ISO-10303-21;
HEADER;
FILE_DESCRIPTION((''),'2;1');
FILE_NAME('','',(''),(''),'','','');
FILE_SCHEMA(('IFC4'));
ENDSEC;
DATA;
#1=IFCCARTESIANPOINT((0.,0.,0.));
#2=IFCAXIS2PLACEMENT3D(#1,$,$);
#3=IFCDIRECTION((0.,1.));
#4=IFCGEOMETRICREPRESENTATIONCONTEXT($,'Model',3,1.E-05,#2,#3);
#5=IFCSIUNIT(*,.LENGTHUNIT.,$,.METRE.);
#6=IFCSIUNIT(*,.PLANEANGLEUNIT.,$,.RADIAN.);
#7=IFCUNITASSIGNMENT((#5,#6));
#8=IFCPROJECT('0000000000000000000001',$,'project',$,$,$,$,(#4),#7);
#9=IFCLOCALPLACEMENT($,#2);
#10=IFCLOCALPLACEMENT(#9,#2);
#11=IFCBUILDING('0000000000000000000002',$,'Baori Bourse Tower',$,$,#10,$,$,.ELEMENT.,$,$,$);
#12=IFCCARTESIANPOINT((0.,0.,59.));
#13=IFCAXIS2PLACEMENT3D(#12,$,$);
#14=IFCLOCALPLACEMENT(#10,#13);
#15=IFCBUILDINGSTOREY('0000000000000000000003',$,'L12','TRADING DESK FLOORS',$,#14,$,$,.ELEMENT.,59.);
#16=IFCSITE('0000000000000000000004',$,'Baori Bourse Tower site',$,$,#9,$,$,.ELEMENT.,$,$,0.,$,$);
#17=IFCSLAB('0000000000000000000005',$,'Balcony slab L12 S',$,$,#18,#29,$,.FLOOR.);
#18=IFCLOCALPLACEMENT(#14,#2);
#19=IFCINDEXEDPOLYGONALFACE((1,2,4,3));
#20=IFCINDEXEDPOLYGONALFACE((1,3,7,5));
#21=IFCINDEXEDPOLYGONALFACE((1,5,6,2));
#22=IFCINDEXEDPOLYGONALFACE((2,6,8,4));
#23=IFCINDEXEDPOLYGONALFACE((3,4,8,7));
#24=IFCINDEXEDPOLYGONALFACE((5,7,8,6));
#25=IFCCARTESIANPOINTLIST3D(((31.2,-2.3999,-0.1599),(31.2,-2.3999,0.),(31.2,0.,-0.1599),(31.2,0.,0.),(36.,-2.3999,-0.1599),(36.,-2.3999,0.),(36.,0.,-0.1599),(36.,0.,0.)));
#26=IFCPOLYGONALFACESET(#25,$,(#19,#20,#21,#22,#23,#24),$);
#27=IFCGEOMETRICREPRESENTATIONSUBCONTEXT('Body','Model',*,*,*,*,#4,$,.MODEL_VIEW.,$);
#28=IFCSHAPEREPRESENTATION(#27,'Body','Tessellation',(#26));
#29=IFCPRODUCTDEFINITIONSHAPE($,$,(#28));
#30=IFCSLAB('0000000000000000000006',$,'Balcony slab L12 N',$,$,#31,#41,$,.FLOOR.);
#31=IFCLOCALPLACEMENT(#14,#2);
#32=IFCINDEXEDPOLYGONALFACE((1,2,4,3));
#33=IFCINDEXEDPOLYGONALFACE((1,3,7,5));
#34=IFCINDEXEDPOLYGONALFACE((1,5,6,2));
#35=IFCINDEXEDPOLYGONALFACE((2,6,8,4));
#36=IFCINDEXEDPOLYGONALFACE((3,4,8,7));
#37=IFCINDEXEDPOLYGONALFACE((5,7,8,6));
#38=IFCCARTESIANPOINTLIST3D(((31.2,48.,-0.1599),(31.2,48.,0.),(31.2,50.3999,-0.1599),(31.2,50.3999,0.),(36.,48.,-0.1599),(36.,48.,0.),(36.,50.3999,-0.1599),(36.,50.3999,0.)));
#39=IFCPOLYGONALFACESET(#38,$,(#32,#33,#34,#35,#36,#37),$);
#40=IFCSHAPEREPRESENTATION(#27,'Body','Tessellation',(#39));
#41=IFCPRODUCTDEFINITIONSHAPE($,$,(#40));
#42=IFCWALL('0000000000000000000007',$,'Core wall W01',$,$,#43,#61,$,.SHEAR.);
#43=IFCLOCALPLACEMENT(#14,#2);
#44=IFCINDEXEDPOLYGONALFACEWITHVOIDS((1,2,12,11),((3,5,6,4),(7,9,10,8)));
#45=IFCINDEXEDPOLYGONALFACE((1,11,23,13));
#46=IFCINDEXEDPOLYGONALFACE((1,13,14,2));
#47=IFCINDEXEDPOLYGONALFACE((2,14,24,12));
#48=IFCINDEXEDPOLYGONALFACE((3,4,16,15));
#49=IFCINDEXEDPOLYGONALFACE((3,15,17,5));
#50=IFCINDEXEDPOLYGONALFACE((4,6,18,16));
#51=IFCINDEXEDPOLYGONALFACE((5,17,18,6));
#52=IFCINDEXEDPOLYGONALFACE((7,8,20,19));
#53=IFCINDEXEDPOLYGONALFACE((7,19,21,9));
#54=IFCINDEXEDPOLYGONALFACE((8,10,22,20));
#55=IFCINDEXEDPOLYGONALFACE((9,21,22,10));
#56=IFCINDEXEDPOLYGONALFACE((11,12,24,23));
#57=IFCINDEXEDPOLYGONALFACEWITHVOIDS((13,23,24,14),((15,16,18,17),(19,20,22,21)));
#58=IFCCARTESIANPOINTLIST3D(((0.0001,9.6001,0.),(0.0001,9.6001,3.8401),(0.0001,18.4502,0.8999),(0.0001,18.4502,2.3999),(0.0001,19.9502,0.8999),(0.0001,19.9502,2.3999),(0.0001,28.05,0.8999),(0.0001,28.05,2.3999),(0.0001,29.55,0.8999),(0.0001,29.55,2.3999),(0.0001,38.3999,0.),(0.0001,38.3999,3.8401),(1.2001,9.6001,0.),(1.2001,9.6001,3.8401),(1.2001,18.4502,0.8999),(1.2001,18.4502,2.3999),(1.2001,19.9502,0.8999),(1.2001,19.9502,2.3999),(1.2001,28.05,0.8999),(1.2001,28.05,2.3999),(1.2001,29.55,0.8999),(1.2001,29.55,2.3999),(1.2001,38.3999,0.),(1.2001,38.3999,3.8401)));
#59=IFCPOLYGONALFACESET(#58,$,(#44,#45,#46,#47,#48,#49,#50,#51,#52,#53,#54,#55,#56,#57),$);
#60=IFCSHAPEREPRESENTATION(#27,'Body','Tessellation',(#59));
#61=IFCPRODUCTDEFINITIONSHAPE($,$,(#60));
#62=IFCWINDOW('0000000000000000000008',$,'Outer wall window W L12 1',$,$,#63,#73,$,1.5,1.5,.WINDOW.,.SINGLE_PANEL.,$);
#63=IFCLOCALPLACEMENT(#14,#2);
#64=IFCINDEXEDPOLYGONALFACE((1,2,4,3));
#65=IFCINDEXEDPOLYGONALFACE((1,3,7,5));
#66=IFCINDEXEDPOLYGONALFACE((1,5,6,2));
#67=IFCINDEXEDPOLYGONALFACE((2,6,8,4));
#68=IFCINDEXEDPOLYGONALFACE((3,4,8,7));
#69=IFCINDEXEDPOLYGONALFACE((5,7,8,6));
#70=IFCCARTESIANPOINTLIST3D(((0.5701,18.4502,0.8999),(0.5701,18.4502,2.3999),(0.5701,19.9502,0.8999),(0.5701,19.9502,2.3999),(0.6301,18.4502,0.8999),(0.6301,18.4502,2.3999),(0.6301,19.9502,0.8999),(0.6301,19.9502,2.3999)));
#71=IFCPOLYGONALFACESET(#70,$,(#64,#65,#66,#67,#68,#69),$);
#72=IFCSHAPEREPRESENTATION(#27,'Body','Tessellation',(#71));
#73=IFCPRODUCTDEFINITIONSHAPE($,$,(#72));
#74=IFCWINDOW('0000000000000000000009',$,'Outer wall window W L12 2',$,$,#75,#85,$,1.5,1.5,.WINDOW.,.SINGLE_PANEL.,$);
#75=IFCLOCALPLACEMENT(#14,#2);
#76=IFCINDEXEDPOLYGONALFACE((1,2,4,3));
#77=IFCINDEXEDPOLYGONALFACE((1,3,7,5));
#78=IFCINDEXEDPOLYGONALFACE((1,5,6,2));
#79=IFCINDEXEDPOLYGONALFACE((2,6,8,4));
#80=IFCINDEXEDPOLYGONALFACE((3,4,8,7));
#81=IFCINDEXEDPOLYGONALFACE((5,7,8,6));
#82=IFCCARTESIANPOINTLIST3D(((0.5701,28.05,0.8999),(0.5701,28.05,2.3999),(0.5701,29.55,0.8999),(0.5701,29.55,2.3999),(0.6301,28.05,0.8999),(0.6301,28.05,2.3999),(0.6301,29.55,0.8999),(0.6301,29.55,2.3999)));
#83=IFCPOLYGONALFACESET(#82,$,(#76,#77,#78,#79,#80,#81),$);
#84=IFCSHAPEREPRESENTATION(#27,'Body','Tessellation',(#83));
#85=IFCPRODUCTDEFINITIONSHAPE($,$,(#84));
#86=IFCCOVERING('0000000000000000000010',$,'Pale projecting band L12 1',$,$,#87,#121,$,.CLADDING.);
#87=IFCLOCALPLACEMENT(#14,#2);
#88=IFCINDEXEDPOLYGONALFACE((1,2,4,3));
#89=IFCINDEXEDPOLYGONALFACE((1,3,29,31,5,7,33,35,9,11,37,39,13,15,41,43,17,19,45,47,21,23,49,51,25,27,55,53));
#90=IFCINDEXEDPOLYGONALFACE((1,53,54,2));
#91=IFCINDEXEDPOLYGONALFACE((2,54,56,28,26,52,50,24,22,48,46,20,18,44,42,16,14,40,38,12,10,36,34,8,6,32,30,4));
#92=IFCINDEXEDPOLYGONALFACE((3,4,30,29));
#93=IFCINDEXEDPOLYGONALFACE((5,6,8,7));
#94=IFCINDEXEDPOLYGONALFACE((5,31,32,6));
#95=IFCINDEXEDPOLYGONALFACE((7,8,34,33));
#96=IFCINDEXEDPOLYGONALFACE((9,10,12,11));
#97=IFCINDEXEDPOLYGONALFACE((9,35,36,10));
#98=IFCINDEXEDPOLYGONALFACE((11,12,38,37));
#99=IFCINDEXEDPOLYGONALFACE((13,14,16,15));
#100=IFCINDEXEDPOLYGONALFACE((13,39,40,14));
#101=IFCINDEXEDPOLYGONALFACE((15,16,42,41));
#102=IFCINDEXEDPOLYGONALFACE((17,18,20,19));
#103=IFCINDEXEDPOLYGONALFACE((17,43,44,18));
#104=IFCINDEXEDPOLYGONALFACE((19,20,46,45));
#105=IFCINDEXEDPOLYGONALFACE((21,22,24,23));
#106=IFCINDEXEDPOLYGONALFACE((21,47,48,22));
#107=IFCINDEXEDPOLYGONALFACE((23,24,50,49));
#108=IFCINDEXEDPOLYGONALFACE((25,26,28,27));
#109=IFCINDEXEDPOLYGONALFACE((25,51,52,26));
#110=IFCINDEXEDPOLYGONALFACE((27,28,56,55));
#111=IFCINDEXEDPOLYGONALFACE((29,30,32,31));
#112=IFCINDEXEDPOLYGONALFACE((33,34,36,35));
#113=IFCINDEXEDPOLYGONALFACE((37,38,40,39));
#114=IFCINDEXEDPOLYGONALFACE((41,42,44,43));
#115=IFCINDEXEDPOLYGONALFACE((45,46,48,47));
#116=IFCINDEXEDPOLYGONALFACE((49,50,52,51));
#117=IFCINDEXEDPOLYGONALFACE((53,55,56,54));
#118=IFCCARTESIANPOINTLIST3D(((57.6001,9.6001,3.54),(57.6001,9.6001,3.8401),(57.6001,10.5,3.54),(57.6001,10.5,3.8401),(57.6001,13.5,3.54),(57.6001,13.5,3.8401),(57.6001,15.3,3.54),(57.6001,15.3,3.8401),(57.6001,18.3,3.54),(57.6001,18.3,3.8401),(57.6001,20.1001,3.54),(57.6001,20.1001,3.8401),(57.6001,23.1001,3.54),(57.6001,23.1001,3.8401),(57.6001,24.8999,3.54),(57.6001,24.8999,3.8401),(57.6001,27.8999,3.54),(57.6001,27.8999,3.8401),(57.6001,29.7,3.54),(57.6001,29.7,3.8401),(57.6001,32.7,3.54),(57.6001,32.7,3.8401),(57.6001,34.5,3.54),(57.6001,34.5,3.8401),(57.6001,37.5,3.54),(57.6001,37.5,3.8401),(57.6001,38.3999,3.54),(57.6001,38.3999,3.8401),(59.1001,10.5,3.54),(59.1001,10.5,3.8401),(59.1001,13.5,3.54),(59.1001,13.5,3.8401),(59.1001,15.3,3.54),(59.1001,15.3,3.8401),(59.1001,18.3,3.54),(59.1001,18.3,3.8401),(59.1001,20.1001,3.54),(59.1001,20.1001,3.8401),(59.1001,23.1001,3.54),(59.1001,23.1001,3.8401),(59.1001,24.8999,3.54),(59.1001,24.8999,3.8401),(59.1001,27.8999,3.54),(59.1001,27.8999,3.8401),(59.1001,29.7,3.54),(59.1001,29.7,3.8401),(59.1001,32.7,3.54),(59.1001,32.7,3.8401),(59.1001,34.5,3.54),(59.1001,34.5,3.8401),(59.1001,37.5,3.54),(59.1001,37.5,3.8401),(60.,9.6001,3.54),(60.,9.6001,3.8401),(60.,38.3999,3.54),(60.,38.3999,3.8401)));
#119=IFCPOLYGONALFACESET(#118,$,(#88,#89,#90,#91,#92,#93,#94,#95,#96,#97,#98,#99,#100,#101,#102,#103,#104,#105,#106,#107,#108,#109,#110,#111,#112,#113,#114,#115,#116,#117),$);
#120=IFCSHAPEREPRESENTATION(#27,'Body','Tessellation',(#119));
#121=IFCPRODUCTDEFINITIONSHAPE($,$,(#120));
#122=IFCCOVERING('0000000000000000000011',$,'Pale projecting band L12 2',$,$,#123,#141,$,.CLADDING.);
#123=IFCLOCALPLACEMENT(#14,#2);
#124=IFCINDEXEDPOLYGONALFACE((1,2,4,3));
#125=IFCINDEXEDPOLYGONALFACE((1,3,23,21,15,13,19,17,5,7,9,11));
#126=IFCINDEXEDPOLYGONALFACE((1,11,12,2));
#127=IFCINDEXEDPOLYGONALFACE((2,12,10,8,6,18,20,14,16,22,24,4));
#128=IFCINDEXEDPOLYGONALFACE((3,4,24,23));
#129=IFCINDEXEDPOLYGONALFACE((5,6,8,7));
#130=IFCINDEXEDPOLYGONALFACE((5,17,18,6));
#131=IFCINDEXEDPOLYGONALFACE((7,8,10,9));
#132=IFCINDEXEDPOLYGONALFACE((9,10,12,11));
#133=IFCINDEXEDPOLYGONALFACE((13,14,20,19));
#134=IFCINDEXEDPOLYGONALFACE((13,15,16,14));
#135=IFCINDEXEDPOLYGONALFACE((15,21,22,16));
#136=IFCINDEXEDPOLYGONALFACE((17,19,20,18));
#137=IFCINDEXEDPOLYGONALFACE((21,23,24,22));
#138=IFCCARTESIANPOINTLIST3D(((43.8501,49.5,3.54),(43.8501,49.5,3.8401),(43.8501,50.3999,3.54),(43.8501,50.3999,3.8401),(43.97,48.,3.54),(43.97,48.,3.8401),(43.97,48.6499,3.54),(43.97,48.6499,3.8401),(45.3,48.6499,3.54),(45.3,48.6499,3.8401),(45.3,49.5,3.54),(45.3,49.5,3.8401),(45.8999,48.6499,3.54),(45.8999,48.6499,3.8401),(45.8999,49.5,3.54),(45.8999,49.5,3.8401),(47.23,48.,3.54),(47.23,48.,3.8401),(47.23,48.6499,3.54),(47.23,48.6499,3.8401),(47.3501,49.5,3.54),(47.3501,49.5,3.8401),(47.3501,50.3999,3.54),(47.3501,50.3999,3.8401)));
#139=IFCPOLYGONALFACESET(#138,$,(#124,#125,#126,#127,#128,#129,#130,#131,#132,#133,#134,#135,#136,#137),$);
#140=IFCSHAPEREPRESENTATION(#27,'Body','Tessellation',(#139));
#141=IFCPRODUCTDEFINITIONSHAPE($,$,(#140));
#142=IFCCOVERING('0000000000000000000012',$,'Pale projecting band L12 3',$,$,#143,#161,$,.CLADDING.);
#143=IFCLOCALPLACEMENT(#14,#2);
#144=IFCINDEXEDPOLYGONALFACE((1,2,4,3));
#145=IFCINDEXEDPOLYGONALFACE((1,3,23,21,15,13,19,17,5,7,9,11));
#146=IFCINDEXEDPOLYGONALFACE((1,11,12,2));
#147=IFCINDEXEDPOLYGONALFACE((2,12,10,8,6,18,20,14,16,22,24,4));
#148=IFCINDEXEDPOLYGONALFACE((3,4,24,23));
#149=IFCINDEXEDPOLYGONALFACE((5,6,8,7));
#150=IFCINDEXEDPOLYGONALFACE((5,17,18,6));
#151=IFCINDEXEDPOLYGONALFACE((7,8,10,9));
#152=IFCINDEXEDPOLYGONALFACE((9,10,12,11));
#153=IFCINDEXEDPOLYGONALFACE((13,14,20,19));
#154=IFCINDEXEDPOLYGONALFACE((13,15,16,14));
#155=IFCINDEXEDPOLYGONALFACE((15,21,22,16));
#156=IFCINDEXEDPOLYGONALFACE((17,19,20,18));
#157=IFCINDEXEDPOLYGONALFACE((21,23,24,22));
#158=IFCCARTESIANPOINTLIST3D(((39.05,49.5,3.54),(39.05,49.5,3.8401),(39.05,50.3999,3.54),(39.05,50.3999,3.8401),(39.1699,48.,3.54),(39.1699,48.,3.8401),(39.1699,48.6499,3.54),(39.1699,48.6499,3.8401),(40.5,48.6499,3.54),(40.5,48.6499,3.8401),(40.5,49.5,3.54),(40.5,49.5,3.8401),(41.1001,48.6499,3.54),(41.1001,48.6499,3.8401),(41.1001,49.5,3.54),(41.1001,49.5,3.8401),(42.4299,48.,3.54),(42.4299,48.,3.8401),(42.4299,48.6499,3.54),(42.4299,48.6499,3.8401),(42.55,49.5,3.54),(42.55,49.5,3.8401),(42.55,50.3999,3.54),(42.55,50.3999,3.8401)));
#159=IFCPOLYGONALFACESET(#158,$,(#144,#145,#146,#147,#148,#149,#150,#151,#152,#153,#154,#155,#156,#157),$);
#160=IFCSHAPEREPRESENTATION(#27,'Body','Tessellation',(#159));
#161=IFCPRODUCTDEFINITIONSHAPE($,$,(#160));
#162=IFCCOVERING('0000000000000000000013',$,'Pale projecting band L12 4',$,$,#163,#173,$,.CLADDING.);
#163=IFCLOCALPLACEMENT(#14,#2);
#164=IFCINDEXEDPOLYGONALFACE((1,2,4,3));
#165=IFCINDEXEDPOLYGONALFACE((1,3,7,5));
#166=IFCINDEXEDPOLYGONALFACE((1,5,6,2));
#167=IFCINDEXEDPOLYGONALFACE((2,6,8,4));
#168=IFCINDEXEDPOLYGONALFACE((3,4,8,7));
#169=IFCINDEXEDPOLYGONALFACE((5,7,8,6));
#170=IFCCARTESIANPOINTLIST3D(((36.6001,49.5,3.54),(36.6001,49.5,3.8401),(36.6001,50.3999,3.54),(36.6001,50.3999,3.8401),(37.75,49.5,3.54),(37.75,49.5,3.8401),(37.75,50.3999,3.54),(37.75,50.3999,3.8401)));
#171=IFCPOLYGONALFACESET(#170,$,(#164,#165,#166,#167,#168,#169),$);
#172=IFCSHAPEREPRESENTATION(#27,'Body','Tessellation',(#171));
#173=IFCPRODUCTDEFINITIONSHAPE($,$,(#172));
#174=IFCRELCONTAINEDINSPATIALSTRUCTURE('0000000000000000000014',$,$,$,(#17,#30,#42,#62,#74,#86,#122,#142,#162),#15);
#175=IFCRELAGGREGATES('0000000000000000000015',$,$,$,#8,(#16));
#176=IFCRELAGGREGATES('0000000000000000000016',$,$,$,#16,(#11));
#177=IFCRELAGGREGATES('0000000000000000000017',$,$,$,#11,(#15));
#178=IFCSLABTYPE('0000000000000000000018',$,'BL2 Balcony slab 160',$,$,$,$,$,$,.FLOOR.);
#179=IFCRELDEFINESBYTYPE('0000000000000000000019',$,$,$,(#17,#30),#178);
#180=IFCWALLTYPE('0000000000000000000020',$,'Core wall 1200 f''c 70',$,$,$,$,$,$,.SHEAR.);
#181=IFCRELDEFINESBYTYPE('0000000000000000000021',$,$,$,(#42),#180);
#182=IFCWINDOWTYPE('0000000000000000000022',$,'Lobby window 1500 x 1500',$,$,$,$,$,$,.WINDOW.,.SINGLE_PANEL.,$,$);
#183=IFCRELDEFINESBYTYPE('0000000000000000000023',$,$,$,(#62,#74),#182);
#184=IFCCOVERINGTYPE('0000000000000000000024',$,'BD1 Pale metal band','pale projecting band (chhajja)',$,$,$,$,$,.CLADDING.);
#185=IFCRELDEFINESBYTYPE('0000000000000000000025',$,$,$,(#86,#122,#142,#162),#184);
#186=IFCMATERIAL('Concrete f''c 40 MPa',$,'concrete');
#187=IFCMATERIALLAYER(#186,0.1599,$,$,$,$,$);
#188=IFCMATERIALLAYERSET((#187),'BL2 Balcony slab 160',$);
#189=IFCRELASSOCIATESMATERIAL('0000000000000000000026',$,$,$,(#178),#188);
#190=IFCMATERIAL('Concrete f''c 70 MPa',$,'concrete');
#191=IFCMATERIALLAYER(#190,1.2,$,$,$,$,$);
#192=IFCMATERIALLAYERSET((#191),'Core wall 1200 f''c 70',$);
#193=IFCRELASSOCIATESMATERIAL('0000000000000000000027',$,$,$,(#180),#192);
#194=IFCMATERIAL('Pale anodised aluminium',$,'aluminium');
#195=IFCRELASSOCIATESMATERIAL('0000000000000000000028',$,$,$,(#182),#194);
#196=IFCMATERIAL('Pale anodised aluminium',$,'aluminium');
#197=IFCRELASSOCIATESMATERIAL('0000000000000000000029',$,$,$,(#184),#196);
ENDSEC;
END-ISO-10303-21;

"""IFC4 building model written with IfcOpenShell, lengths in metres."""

from ifc_helpers import new_model, si_unit, direction, frame, frame_2d, origin, place, context, subcontext, project, spatial, polyline, rectangle, outline, extrude, material, layer, layer_set, type_object, element, fill, save


model = new_model("IFC4")

# Units and contexts
model_context = context("Model", 3, precision=1e-05, world=origin(), true_north=direction((0.0, 1.0)))
body_context = subcontext(model_context, "Body", "Model", "MODEL_VIEW")
ifc_project = project(units=[si_unit("LENGTHUNIT", "METRE"), si_unit("PLANEANGLEUNIT", "RADIAN")], contexts=[model_context])

# Site, building, storey
site_placement = place(None, origin())
site = spatial("IfcSite", under=ifc_project, at=site_placement, Name="Baori Bourse Tower site", CompositionType="ELEMENT", RefElevation=0.0)
building_placement = place(site_placement, origin())
building = spatial("IfcBuilding", under=site, at=building_placement, Name="Baori Bourse Tower", CompositionType="ELEMENT")
storey_placement = place(building_placement, frame((0.0, 0.0, 59.0)))
storey = spatial("IfcBuildingStorey", under=building, at=storey_placement, Name="L12", Description="TRADING DESK FLOORS", CompositionType="ELEMENT", Elevation=59.0)

# Slabs
ifc_material_1 = material(Name="Concrete f'c 40 MPa", Category="concrete")
ifc_layer_1 = layer(ifc_material_1, 0.1599)
ifc_layer_set_1 = layer_set([ifc_layer_1], Name="BL2 Balcony slab 160")
slab_type = type_object("IfcSlabType", Name="BL2 Balcony slab 160", PredefinedType="FLOOR", material=ifc_layer_set_1)
slab_1_placement = place(storey_placement, frame((0.0, 0.0, -0.1599)))
element("IfcSlab", 1, at=slab_1_placement, inside=storey, type_object=slab_type, Name="Balcony slab L12 S", PredefinedType="FLOOR", context=body_context, shape_type="SweptSolid", body=[
    extrude(outline(polyline([(31.2, 0.0), (31.2, -2.3999), (36.0, -2.3999), (36.0, 0.0), (31.2, 0.0)])), origin(), (0.0, 0.0, 1.0), 0.1599),
])
slab_2_placement = place(storey_placement, frame((0.0, 0.0, -0.1599)))
element("IfcSlab", 2, at=slab_2_placement, inside=storey, type_object=slab_type, Name="Balcony slab L12 N", PredefinedType="FLOOR", context=body_context, shape_type="SweptSolid", body=[
    extrude(outline(polyline([(31.2, 48.0), (36.0, 48.0), (36.0, 50.3999), (31.2, 50.3999), (31.2, 48.0)])), origin(), (0.0, 0.0, 1.0), 0.1599),
])

# Wall, openings, windows
ifc_material_2 = material(Name="Concrete f'c 70 MPa", Category="concrete")
ifc_layer_2 = layer(ifc_material_2, 1.2)
ifc_layer_set_2 = layer_set([ifc_layer_2], Name="Core wall 1200 f'c 70")
wall_type = type_object("IfcWallType", Name="Core wall 1200 f'c 70", PredefinedType="SHEAR", material=ifc_layer_set_2)
wall_placement = place(storey_placement, frame((0.6001, 9.6001, 0.0), z_axis=(0.0, 0.0, 1.0), x_axis=(0.0, 1.0, 0.0)))
wall = element("IfcWall", 3, at=wall_placement, inside=storey, type_object=wall_type, Name="Core wall W01", PredefinedType="SHEAR", context=body_context, shape_type="SweptSolid", body=[
    extrude(rectangle(XDim=28.7998, YDim=1.2, at=frame_2d((14.3999, 0.0))), origin(), (0.0, 0.0, 1.0), 3.8401),
])
opening_1_placement = place(wall_placement, frame((8.8501, 0.0, 0.8999)))
opening_1 = element("IfcOpeningElement", 4, at=opening_1_placement, cuts=wall, PredefinedType="OPENING", context=body_context, shape_type="SweptSolid", body=[
    extrude(rectangle(XDim=1.5, YDim=1.5, at=frame_2d((0.75, 0.75))), frame((0.0, 0.6099, 0.0), z_axis=(0.0, -1.0, 0.0), x_axis=(1.0, 0.0, 0.0)), (0.0, 0.0, 1.0), 1.22),
])
opening_2_placement = place(wall_placement, frame((18.45, 0.0, 0.8999)))
opening_2 = element("IfcOpeningElement", 5, at=opening_2_placement, cuts=wall, PredefinedType="OPENING", context=body_context, shape_type="SweptSolid", body=[
    extrude(rectangle(XDim=1.5, YDim=1.5, at=frame_2d((0.75, 0.75))), frame((0.0, 0.6099, 0.0), z_axis=(0.0, -1.0, 0.0), x_axis=(1.0, 0.0, 0.0)), (0.0, 0.0, 1.0), 1.22),
])
ifc_material_3 = material(Name="Pale anodised aluminium", Category="aluminium")
window_type = type_object("IfcWindowType", Name="Lobby window 1500 x 1500", PartitioningType="SINGLE_PANEL", PredefinedType="WINDOW", material=ifc_material_3)
window_1_placement = place(opening_1_placement, origin())
window_1 = element("IfcWindow", 6, at=window_1_placement, inside=storey, type_object=window_type, Name="Outer wall window W L12 1", OverallHeight=1.5, OverallWidth=1.5, PartitioningType="SINGLE_PANEL", PredefinedType="WINDOW", context=body_context, shape_type="SweptSolid", body=[
    extrude(rectangle(XDim=1.5, YDim=1.5, at=frame_2d((0.75, 0.75))), frame((0.0, 0.03, 0.0), z_axis=(0.0, -1.0, 0.0), x_axis=(1.0, 0.0, 0.0)), (0.0, 0.0, 1.0), 0.0601),
])
fill(opening_1, window_1)
window_2_placement = place(opening_2_placement, origin())
window_2 = element("IfcWindow", 7, at=window_2_placement, inside=storey, type_object=window_type, Name="Outer wall window W L12 2", OverallHeight=1.5, OverallWidth=1.5, PartitioningType="SINGLE_PANEL", PredefinedType="WINDOW", context=body_context, shape_type="SweptSolid", body=[
    extrude(rectangle(XDim=1.5, YDim=1.5, at=frame_2d((0.75, 0.75))), frame((0.0, 0.03, 0.0), z_axis=(0.0, -1.0, 0.0), x_axis=(1.0, 0.0, 0.0)), (0.0, 0.0, 1.0), 0.0601),
])
fill(opening_2, window_2)

# Coverings
ifc_material_4 = material(Name="Pale anodised aluminium", Category="aluminium")
covering_type_1 = type_object("IfcCoveringType", Name="BD1 Pale metal band", Description="pale projecting band (chhajja)", PredefinedType="CLADDING", material=ifc_material_4)
covering_1_placement = place(storey_placement, frame((0.0, 0.0, 3.54)))
element("IfcCovering", 8, at=covering_1_placement, inside=storey, type_object=covering_type_1, Name="Pale projecting band L12 1", PredefinedType="CLADDING", context=body_context, shape_type="SweptSolid", body=[
    extrude(outline(polyline([(57.6001, 10.5), (57.6001, 9.6001), (60.0, 9.6001), (60.0, 38.3999), (57.6001, 38.3999), (57.6001, 37.5), (59.1001, 37.5), (59.1001, 34.5), (57.6001, 34.5), (57.6001, 32.7), (59.1001, 32.7), (59.1001, 29.7), (57.6001, 29.7), (57.6001, 27.8999), (59.1001, 27.8999), (59.1001, 24.8999), (57.6001, 24.8999), (57.6001, 23.1001), (59.1001, 23.1001), (59.1001, 20.1001), (57.6001, 20.1001), (57.6001, 18.3), (59.1001, 18.3), (59.1001, 15.3), (57.6001, 15.3), (57.6001, 13.5), (59.1001, 13.5), (59.1001, 10.5), (57.6001, 10.5)])), origin(), (0.0, 0.0, 1.0), 0.3),
])
covering_2_placement = place(storey_placement, frame((0.0, 0.0, 3.54)))
element("IfcCovering", 9, at=covering_2_placement, inside=storey, type_object=covering_type_1, Name="Pale projecting band L12 2", PredefinedType="CLADDING", context=body_context, shape_type="SweptSolid", body=[
    extrude(outline(polyline([(43.97, 48.0), (47.23, 48.0), (47.23, 48.6499), (45.8999, 48.6499), (45.8999, 49.5), (47.3501, 49.5), (47.3501, 50.3999), (43.8501, 50.3999), (43.8501, 49.5), (45.3, 49.5), (45.3, 48.6499), (43.97, 48.6499), (43.97, 48.0)])), origin(), (0.0, 0.0, 1.0), 0.3),
])
covering_3_placement = place(storey_placement, frame((0.0, 0.0, 3.54)))
element("IfcCovering", 10, at=covering_3_placement, inside=storey, type_object=covering_type_1, Name="Pale projecting band L12 3", PredefinedType="CLADDING", context=body_context, shape_type="SweptSolid", body=[
    extrude(outline(polyline([(39.1699, 48.0), (42.4299, 48.0), (42.4299, 48.6499), (41.1001, 48.6499), (41.1001, 49.5), (42.55, 49.5), (42.55, 50.3999), (39.05, 50.3999), (39.05, 49.5), (40.5, 49.5), (40.5, 48.6499), (39.1699, 48.6499), (39.1699, 48.0)])), origin(), (0.0, 0.0, 1.0), 0.3),
])
covering_4_placement = place(storey_placement, frame((0.0, 0.0, 3.54)))
element("IfcCovering", 11, at=covering_4_placement, inside=storey, type_object=covering_type_1, Name="Pale projecting band L12 4", PredefinedType="CLADDING", context=body_context, shape_type="SweptSolid", body=[
    extrude(outline(polyline([(37.75, 50.3999), (36.6001, 50.3999), (36.6001, 49.5), (37.75, 49.5), (37.75, 50.3999)])), origin(), (0.0, 0.0, 1.0), 0.3),
])

save(model, "model.ifc")
